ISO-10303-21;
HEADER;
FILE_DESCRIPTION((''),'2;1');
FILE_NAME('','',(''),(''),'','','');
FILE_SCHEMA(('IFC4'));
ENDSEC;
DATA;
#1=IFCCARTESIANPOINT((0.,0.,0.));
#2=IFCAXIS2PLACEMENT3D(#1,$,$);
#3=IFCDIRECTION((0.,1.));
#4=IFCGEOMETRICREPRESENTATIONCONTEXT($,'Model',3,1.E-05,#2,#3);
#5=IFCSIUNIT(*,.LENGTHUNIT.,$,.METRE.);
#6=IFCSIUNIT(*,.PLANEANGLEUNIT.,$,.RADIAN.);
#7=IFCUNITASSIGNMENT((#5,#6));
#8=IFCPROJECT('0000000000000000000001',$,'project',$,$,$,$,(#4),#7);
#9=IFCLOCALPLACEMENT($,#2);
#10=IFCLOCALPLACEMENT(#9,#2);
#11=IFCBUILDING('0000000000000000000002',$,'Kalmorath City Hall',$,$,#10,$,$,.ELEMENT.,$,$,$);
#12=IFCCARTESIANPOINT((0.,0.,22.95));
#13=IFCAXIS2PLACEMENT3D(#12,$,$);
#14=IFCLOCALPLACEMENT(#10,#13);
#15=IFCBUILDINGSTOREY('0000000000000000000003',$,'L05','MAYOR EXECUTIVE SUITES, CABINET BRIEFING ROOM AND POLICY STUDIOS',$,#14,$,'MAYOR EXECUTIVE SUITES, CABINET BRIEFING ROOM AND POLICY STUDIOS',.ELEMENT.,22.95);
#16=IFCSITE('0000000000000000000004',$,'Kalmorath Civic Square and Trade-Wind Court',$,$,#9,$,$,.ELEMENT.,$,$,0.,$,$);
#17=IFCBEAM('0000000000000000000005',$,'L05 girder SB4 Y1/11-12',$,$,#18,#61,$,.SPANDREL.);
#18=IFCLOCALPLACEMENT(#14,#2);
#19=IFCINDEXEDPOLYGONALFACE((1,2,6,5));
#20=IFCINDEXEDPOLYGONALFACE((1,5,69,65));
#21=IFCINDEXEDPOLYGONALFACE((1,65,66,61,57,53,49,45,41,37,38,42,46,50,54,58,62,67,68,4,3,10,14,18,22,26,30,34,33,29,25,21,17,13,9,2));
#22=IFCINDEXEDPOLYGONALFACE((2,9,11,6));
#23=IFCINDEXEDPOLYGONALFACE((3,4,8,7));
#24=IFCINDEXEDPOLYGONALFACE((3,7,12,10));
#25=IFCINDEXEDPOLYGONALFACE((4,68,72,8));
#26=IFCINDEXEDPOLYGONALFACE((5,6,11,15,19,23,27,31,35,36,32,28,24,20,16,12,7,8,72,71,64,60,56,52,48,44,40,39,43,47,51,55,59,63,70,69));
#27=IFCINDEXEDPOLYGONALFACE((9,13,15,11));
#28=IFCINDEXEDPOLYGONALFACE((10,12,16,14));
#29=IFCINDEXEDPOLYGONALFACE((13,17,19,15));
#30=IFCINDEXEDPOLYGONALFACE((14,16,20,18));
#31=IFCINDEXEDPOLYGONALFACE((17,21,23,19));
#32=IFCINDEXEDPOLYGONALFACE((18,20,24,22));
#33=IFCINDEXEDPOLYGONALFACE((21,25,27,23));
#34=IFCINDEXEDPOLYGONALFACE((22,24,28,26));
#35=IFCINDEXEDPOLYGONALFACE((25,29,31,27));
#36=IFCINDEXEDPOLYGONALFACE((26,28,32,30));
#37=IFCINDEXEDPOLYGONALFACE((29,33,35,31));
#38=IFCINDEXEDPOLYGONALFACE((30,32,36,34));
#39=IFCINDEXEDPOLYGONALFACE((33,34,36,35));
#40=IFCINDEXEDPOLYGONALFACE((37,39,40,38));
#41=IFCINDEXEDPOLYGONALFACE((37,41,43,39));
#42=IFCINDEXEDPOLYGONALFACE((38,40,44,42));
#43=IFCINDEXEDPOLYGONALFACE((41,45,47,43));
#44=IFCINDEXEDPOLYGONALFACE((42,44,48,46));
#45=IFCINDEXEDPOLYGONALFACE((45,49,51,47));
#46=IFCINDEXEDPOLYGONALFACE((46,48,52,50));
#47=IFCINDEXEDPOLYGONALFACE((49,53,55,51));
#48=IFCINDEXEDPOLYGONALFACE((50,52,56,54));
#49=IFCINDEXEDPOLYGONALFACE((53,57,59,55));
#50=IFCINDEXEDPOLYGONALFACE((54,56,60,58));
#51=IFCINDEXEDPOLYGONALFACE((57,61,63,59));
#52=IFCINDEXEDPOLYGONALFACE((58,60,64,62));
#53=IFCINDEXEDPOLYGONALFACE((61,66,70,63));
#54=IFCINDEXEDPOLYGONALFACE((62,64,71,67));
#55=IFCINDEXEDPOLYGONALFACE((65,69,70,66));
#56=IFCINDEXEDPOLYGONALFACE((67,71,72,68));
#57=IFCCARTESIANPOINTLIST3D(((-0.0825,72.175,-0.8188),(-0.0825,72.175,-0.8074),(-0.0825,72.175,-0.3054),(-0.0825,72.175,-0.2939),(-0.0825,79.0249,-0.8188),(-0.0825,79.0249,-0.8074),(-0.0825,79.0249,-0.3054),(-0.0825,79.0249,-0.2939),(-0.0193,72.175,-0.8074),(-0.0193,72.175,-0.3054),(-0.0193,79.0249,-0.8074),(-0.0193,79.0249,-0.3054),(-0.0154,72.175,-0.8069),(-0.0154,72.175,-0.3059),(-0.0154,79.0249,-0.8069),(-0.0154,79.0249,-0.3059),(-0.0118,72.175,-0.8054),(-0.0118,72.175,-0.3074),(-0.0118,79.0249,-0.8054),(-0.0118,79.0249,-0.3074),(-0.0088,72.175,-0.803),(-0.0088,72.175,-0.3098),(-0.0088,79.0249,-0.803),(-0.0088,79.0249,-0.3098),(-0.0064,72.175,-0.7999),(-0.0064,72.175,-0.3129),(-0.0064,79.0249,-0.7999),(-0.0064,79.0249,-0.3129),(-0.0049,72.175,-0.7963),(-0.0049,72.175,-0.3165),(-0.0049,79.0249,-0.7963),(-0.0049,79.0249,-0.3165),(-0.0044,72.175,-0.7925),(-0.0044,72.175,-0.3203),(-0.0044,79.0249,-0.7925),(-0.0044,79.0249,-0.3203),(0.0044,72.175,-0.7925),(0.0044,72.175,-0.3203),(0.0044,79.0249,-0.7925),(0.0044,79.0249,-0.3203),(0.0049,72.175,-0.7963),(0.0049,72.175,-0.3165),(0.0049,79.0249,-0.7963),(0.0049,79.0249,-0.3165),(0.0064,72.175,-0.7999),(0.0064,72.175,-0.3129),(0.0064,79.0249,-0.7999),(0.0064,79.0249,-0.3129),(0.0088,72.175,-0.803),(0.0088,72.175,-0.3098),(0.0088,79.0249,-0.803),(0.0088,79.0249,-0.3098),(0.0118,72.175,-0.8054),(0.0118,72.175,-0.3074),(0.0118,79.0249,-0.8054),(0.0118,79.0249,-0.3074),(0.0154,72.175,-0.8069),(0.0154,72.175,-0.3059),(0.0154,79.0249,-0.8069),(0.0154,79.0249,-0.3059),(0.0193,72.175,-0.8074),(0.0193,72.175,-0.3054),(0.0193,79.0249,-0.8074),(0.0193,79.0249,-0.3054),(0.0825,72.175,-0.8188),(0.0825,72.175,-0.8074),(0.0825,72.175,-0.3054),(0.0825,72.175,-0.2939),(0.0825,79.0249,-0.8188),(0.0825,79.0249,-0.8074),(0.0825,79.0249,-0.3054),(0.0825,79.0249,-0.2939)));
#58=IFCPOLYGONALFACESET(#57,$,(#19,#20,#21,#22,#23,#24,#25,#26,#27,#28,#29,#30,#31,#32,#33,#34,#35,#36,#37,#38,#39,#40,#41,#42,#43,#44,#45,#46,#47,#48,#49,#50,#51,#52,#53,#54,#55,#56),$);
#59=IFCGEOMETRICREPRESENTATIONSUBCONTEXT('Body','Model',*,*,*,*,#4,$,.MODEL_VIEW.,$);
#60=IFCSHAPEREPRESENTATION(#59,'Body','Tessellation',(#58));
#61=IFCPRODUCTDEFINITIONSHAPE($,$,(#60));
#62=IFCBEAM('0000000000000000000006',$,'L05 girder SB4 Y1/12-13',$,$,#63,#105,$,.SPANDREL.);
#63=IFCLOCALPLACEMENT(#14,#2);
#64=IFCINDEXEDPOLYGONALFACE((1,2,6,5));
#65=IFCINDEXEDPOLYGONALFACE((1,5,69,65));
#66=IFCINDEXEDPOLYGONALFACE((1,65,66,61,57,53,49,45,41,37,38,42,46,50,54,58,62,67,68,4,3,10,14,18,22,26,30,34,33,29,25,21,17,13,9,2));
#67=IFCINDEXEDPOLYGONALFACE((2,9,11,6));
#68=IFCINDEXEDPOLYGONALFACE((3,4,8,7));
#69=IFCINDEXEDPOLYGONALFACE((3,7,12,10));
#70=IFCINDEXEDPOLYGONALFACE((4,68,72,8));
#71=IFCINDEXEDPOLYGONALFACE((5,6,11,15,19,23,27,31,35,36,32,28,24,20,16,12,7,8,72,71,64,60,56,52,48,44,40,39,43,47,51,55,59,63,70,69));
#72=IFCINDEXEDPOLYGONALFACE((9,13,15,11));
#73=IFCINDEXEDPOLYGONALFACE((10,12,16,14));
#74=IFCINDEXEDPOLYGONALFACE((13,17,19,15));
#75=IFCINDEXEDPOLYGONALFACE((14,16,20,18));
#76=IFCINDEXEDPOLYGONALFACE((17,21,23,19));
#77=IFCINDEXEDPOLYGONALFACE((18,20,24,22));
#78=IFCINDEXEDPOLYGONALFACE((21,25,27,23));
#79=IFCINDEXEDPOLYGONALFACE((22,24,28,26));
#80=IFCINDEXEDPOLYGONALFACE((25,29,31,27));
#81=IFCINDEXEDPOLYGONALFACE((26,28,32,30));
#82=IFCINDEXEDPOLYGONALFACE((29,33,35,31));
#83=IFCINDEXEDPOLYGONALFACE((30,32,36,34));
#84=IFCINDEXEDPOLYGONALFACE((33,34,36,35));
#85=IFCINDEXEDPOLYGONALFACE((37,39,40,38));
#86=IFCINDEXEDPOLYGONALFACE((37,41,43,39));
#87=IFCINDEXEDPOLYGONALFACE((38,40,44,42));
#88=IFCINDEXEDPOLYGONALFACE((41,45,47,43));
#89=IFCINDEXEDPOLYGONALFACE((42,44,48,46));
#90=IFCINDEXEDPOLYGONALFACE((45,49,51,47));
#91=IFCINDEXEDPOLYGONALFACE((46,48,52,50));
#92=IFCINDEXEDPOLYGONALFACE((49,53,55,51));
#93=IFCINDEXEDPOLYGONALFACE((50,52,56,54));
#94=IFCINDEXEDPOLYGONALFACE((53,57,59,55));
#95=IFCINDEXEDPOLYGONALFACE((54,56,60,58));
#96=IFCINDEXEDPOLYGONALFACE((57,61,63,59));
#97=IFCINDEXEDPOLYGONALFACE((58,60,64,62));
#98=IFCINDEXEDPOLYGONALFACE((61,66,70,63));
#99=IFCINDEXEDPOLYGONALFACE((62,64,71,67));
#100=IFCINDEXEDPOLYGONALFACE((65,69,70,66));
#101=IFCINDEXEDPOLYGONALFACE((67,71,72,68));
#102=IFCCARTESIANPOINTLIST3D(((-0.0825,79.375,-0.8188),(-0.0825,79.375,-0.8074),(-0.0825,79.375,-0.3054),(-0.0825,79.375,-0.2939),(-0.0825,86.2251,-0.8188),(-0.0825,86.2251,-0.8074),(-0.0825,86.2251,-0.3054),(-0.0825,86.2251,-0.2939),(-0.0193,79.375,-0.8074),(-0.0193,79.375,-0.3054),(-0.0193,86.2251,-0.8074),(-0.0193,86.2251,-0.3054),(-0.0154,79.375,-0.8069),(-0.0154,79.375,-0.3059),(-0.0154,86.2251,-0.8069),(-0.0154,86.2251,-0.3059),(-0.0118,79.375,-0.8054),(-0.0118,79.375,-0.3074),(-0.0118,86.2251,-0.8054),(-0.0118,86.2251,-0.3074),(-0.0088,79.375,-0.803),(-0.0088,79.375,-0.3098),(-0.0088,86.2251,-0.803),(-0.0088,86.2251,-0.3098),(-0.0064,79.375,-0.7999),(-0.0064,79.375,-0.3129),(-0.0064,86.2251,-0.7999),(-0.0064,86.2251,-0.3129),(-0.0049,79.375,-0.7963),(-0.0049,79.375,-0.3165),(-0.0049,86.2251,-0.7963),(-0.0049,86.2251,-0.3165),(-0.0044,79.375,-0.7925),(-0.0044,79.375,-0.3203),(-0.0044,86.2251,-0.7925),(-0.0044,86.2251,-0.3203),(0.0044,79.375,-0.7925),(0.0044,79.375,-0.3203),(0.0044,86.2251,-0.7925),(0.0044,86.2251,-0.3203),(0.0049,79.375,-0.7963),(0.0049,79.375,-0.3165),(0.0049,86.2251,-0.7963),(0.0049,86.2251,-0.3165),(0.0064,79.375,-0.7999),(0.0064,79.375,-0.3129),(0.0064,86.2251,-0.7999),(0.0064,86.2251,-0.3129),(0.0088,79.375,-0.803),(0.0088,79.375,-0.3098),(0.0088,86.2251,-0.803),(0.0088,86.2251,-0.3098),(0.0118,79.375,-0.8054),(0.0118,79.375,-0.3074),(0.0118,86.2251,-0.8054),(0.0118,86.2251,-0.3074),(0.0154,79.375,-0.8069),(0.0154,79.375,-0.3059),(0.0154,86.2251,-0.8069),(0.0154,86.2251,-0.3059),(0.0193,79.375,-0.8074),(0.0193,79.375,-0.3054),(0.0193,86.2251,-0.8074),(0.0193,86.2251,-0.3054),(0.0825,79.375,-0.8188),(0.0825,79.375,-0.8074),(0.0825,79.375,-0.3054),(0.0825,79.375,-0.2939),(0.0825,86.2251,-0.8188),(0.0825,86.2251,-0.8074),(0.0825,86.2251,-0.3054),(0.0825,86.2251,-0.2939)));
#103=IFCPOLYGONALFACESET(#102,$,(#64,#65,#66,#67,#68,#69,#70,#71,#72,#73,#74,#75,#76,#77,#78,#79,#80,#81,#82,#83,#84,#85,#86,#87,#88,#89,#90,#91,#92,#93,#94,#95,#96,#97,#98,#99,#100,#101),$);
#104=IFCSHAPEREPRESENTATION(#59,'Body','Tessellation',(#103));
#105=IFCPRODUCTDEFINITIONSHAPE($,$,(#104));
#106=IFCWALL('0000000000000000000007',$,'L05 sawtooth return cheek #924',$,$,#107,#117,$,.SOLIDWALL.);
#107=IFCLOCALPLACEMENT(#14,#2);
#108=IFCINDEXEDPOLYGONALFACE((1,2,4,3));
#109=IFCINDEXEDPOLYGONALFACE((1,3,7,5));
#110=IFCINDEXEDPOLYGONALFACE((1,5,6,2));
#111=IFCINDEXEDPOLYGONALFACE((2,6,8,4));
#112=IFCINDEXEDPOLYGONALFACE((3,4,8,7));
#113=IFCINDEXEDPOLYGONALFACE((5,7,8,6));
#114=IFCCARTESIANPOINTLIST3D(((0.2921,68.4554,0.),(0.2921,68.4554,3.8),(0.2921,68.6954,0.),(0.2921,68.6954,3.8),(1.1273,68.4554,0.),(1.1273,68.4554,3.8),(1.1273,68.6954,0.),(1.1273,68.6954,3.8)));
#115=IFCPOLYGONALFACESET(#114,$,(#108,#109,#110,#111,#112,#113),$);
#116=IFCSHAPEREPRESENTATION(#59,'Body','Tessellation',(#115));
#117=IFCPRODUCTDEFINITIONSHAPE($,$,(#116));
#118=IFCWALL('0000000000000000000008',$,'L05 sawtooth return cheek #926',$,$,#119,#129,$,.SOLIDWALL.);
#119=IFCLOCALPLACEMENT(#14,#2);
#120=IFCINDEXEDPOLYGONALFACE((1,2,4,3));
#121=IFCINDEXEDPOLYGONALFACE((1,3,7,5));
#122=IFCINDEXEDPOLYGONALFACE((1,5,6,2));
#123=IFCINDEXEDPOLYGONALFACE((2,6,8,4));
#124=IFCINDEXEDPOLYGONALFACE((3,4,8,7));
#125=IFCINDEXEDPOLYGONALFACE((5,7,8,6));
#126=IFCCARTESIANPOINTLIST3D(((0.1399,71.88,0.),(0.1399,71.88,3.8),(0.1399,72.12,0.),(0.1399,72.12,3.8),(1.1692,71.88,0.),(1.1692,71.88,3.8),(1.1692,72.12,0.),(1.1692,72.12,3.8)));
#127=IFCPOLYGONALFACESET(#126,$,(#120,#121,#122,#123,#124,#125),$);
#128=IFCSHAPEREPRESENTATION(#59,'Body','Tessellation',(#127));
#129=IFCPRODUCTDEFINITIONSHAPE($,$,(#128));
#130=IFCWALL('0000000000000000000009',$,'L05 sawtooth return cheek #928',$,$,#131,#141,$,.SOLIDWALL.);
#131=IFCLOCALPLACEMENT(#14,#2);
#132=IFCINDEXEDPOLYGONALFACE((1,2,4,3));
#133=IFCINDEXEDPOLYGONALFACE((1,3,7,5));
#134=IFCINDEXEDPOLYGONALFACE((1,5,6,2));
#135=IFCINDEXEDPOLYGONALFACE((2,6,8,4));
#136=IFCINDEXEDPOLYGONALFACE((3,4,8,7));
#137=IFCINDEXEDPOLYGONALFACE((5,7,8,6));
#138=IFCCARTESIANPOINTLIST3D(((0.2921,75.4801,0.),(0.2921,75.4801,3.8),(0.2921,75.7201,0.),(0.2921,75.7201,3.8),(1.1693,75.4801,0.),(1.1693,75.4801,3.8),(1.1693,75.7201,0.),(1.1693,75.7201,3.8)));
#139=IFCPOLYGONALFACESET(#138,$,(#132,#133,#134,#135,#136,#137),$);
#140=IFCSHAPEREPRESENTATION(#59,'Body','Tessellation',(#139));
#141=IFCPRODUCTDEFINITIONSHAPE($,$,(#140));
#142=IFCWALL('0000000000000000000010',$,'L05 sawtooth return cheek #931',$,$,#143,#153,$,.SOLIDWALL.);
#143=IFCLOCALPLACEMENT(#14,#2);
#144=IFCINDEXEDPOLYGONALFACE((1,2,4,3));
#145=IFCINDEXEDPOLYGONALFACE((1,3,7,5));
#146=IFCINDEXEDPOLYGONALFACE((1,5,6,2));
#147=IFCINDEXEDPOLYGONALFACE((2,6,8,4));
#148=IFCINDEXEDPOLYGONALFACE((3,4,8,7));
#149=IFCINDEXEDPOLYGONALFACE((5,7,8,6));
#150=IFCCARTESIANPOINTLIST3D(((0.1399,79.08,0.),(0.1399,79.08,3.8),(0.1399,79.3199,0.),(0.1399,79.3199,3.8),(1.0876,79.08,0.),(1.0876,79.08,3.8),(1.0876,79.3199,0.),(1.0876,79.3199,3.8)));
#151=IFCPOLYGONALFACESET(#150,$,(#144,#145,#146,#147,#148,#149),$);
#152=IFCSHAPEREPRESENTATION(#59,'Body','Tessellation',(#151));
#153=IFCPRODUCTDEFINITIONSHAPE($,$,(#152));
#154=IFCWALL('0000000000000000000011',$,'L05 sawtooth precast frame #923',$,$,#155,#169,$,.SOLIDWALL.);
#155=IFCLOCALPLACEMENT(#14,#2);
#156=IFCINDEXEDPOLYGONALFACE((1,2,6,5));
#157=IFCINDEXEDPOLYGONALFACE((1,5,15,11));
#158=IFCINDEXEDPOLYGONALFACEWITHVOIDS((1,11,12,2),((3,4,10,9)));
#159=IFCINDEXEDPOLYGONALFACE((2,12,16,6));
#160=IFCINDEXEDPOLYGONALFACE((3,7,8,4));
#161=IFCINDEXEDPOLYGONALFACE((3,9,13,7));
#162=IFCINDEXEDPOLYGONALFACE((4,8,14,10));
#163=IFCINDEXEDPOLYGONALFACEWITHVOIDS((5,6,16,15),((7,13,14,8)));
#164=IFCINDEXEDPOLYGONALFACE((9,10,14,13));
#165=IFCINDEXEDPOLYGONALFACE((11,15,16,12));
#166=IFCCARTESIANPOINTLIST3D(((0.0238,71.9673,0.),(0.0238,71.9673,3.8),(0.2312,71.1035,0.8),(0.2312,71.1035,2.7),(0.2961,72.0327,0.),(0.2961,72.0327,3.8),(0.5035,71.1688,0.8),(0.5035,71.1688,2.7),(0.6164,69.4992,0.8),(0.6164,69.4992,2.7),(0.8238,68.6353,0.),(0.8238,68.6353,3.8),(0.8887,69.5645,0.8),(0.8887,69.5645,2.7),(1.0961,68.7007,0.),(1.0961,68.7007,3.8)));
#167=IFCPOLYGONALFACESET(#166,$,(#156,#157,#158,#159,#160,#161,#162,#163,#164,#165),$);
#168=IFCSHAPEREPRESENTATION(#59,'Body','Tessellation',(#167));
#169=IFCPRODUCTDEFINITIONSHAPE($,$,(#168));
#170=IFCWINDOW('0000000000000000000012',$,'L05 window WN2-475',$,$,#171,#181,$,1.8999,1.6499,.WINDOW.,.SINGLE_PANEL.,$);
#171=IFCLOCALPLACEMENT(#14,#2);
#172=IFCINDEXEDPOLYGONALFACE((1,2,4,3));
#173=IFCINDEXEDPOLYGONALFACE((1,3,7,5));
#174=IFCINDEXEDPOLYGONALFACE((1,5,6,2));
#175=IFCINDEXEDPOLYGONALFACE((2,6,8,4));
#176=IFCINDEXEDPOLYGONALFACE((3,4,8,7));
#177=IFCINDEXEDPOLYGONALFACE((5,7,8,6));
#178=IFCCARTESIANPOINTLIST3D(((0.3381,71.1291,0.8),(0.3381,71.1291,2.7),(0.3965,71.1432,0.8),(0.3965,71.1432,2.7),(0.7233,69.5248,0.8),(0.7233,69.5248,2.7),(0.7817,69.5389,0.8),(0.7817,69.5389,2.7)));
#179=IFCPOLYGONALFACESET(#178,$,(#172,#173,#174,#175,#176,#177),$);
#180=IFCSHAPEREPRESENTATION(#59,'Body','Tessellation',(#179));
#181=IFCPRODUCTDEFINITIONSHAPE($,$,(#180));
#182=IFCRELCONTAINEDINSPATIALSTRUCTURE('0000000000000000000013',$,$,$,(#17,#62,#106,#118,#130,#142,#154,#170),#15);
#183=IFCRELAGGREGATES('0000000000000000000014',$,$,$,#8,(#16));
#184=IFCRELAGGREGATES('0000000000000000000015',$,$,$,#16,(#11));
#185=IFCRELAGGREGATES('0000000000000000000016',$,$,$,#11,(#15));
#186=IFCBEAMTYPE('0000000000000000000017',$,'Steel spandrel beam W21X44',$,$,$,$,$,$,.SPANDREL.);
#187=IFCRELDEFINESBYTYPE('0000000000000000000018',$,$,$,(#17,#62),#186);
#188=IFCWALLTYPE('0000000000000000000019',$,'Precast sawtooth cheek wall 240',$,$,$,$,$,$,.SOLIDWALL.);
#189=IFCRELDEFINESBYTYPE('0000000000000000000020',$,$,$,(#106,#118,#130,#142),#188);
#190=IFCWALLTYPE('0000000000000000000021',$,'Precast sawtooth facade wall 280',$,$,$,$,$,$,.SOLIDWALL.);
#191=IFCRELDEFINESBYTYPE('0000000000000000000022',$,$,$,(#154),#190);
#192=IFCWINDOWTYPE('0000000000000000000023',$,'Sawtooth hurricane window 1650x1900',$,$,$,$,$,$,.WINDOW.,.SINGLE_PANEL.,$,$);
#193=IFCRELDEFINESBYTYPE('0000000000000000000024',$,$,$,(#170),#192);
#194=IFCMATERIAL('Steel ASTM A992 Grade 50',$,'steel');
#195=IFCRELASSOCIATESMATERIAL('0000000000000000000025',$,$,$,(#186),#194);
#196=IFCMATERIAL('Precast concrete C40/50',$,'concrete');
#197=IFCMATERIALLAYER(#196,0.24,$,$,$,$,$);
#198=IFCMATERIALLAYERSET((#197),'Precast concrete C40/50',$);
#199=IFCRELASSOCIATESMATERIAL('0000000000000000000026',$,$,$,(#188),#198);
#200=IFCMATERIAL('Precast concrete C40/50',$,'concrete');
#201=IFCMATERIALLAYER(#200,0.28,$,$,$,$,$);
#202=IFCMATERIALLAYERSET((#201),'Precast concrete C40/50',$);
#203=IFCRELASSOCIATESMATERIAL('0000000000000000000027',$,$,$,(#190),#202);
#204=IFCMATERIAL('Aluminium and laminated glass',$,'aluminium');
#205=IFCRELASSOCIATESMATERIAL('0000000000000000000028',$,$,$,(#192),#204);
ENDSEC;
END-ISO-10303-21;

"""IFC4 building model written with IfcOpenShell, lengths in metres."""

from ifc_helpers import new_model, si_unit, direction, frame, frame_2d, origin, origin_2d, place, context, subcontext, project, spatial, rectangle, i_section, extrude, material, layer, layer_set, material_profile, profile_set, type_object, element, fill, save


model = new_model("IFC4")

# Units and contexts
model_context = context("Model", 3, precision=1e-05, world=origin(), true_north=direction((0.0, 1.0)))
body_context = subcontext(model_context, "Body", "Model", "MODEL_VIEW")
ifc_project = project(units=[si_unit("LENGTHUNIT", "METRE"), si_unit("PLANEANGLEUNIT", "RADIAN")], contexts=[model_context])

# Site, building, storey
site_placement = place(None, origin())
site = spatial("IfcSite", under=ifc_project, at=site_placement, Name="Kalmorath Civic Square and Trade-Wind Court", CompositionType="ELEMENT", RefElevation=0.0)
building_placement = place(site_placement, origin())
building = spatial("IfcBuilding", under=site, at=building_placement, Name="Kalmorath City Hall", CompositionType="ELEMENT")
storey_placement = place(building_placement, frame((0.0, 0.0, 22.95)))
storey = spatial("IfcBuildingStorey", under=building, at=storey_placement, Name="L05", Description="MAYOR EXECUTIVE SUITES, CABINET BRIEFING ROOM AND POLICY STUDIOS", LongName="MAYOR EXECUTIVE SUITES, CABINET BRIEFING ROOM AND POLICY STUDIOS", CompositionType="ELEMENT", Elevation=22.95)

# Beams
ifc_material_1 = material(Name="Steel ASTM A992 Grade 50", Category="steel")
ifc_material_profile_1 = material_profile(ifc_material_1, i_section(OverallWidth=0.165, OverallDepth=0.5249, WebThickness=0.0088, FlangeThickness=0.0115, FilletRadius=0.0149, at=origin_2d()), Name="W21X44")
ifc_profile_set_1 = profile_set([ifc_material_profile_1], Name="Steel ASTM A992 Grade 50")
beam_type_1 = type_object("IfcBeamType", Name="Steel spandrel beam W21X44", PredefinedType="SPANDREL", material=ifc_profile_set_1)
beam_1_placement = place(storey_placement, frame((0.0, 72.175, -0.5564), z_axis=(0.0, 1.0, 0.0), x_axis=(-1.0, 0.0, 0.0)))
element("IfcBeam", 1, at=beam_1_placement, inside=storey, type_object=beam_type_1, Name="L05 girder SB4 Y1/11-12", PredefinedType="SPANDREL", context=body_context, shape_type="SweptSolid", body=[
    extrude(i_section(OverallWidth=0.165, OverallDepth=0.5249, WebThickness=0.0088, FlangeThickness=0.0115, FilletRadius=0.0149, at=origin_2d()), origin(), (0.0, 0.0, 1.0), 6.8499),
])
beam_2_placement = place(storey_placement, frame((0.0, 79.375, -0.5564), z_axis=(0.0, 1.0, 0.0), x_axis=(-1.0, 0.0, 0.0)))
element("IfcBeam", 2, at=beam_2_placement, inside=storey, type_object=beam_type_1, Name="L05 girder SB4 Y1/12-13", PredefinedType="SPANDREL", context=body_context, shape_type="SweptSolid", body=[
    extrude(i_section(OverallWidth=0.165, OverallDepth=0.5249, WebThickness=0.0088, FlangeThickness=0.0115, FilletRadius=0.0149, at=origin_2d()), origin(), (0.0, 0.0, 1.0), 6.8501),
])

# Walls
ifc_material_2 = material(Name="Precast concrete C40/50", Category="concrete")
ifc_layer_1 = layer(ifc_material_2, 0.24)
ifc_layer_set_1 = layer_set([ifc_layer_1], Name="Precast concrete C40/50")
wall_type_1 = type_object("IfcWallType", Name="Precast sawtooth cheek wall 240", PredefinedType="SOLIDWALL", material=ifc_layer_set_1)
wall_1_placement = place(storey_placement, frame((1.1272, 68.5754, 0.0), z_axis=(0.0, 0.0, 1.0), x_axis=(-1.0, 0.0, 0.0)))
element("IfcWall", 3, at=wall_1_placement, inside=storey, type_object=wall_type_1, Name="L05 sawtooth return cheek #924", PredefinedType="SOLIDWALL", context=body_context, shape_type="SweptSolid", body=[
    extrude(rectangle(XDim=0.8352, YDim=0.24, at=frame_2d((0.4175, 0.0))), origin(), (0.0, 0.0, 1.0), 3.8),
])
wall_2_placement = place(storey_placement, frame((1.1692, 72.0, 0.0), z_axis=(0.0, 0.0, 1.0), x_axis=(-1.0, 0.0, 0.0)))
element("IfcWall", 4, at=wall_2_placement, inside=storey, type_object=wall_type_1, Name="L05 sawtooth return cheek #926", PredefinedType="SOLIDWALL", context=body_context, shape_type="SweptSolid", body=[
    extrude(rectangle(XDim=1.0293, YDim=0.24, at=frame_2d((0.5146, 0.0))), origin(), (0.0, 0.0, 1.0), 3.8),
])
wall_3_placement = place(storey_placement, frame((1.1692, 75.6001, 0.0), z_axis=(0.0, 0.0, 1.0), x_axis=(-1.0, 0.0, 0.0)))
element("IfcWall", 5, at=wall_3_placement, inside=storey, type_object=wall_type_1, Name="L05 sawtooth return cheek #928", PredefinedType="SOLIDWALL", context=body_context, shape_type="SweptSolid", body=[
    extrude(rectangle(XDim=0.8772, YDim=0.24, at=frame_2d((0.4385, 0.0))), origin(), (0.0, 0.0, 1.0), 3.8),
])
wall_4_placement = place(storey_placement, frame((1.0876, 79.2, 0.0), z_axis=(0.0, 0.0, 1.0), x_axis=(-1.0, 0.0, 0.0)))
element("IfcWall", 6, at=wall_4_placement, inside=storey, type_object=wall_type_1, Name="L05 sawtooth return cheek #931", PredefinedType="SOLIDWALL", context=body_context, shape_type="SweptSolid", body=[
    extrude(rectangle(XDim=0.9478, YDim=0.24, at=frame_2d((0.4739, 0.0))), origin(), (0.0, 0.0, 1.0), 3.8),
])

# Wall, opening, window
ifc_material_3 = material(Name="Precast concrete C40/50", Category="concrete")
ifc_layer_2 = layer(ifc_material_3, 0.28)
ifc_layer_set_2 = layer_set([ifc_layer_2], Name="Precast concrete C40/50")
wall_type_2 = type_object("IfcWallType", Name="Precast sawtooth facade wall 280", PredefinedType="SOLIDWALL", material=ifc_layer_set_2)
wall_5_placement = place(storey_placement, frame((0.96, 68.668, 0.0), z_axis=(0.0, 0.0, 1.0), x_axis=(-0.233473, 0.972363, 0.0)))
wall_5 = element("IfcWall", 7, at=wall_5_placement, inside=storey, type_object=wall_type_2, Name="L05 sawtooth precast frame #923", PredefinedType="SOLIDWALL", context=body_context, shape_type="SweptSolid", body=[
    extrude(rectangle(XDim=3.4268, YDim=0.28, at=frame_2d((1.7134, 0.0))), origin(), (0.0, 0.0, 1.0), 3.8),
])
opening_1_placement = place(wall_5_placement, frame((0.8884, 0.0, 0.8)))
opening_1 = element("IfcOpeningElement", 8, at=opening_1_placement, cuts=wall_5, PredefinedType="OPENING", context=body_context, shape_type="SweptSolid", body=[
    extrude(rectangle(XDim=1.6499, YDim=1.8999, at=frame_2d((0.825, 0.95))), frame((0.0, 0.1499, 0.0), z_axis=(0.0, -1.0, 0.0), x_axis=(1.0, 0.0, 0.0)), (0.0, 0.0, 1.0), 0.3),
])
ifc_material_4 = material(Name="Aluminium and laminated glass", Category="aluminium")
window_type = type_object("IfcWindowType", Name="Sawtooth hurricane window 1650x1900", PartitioningType="SINGLE_PANEL", PredefinedType="WINDOW", material=ifc_material_4)
window_1_placement = place(opening_1_placement, origin())
window_1 = element("IfcWindow", 9, at=window_1_placement, inside=storey, type_object=window_type, Name="L05 window WN2-475", OverallHeight=1.8999, OverallWidth=1.6499, PartitioningType="SINGLE_PANEL", PredefinedType="WINDOW", context=body_context, shape_type="SweptSolid", body=[
    extrude(rectangle(XDim=1.6499, YDim=1.8999, at=frame_2d((0.825, 0.95))), frame((0.0, 0.03, 0.0), z_axis=(0.0, -1.0, 0.0), x_axis=(1.0, 0.0, 0.0)), (0.0, 0.0, 1.0), 0.0601),
])
fill(opening_1, window_1)

save(model, "model.ifc")
